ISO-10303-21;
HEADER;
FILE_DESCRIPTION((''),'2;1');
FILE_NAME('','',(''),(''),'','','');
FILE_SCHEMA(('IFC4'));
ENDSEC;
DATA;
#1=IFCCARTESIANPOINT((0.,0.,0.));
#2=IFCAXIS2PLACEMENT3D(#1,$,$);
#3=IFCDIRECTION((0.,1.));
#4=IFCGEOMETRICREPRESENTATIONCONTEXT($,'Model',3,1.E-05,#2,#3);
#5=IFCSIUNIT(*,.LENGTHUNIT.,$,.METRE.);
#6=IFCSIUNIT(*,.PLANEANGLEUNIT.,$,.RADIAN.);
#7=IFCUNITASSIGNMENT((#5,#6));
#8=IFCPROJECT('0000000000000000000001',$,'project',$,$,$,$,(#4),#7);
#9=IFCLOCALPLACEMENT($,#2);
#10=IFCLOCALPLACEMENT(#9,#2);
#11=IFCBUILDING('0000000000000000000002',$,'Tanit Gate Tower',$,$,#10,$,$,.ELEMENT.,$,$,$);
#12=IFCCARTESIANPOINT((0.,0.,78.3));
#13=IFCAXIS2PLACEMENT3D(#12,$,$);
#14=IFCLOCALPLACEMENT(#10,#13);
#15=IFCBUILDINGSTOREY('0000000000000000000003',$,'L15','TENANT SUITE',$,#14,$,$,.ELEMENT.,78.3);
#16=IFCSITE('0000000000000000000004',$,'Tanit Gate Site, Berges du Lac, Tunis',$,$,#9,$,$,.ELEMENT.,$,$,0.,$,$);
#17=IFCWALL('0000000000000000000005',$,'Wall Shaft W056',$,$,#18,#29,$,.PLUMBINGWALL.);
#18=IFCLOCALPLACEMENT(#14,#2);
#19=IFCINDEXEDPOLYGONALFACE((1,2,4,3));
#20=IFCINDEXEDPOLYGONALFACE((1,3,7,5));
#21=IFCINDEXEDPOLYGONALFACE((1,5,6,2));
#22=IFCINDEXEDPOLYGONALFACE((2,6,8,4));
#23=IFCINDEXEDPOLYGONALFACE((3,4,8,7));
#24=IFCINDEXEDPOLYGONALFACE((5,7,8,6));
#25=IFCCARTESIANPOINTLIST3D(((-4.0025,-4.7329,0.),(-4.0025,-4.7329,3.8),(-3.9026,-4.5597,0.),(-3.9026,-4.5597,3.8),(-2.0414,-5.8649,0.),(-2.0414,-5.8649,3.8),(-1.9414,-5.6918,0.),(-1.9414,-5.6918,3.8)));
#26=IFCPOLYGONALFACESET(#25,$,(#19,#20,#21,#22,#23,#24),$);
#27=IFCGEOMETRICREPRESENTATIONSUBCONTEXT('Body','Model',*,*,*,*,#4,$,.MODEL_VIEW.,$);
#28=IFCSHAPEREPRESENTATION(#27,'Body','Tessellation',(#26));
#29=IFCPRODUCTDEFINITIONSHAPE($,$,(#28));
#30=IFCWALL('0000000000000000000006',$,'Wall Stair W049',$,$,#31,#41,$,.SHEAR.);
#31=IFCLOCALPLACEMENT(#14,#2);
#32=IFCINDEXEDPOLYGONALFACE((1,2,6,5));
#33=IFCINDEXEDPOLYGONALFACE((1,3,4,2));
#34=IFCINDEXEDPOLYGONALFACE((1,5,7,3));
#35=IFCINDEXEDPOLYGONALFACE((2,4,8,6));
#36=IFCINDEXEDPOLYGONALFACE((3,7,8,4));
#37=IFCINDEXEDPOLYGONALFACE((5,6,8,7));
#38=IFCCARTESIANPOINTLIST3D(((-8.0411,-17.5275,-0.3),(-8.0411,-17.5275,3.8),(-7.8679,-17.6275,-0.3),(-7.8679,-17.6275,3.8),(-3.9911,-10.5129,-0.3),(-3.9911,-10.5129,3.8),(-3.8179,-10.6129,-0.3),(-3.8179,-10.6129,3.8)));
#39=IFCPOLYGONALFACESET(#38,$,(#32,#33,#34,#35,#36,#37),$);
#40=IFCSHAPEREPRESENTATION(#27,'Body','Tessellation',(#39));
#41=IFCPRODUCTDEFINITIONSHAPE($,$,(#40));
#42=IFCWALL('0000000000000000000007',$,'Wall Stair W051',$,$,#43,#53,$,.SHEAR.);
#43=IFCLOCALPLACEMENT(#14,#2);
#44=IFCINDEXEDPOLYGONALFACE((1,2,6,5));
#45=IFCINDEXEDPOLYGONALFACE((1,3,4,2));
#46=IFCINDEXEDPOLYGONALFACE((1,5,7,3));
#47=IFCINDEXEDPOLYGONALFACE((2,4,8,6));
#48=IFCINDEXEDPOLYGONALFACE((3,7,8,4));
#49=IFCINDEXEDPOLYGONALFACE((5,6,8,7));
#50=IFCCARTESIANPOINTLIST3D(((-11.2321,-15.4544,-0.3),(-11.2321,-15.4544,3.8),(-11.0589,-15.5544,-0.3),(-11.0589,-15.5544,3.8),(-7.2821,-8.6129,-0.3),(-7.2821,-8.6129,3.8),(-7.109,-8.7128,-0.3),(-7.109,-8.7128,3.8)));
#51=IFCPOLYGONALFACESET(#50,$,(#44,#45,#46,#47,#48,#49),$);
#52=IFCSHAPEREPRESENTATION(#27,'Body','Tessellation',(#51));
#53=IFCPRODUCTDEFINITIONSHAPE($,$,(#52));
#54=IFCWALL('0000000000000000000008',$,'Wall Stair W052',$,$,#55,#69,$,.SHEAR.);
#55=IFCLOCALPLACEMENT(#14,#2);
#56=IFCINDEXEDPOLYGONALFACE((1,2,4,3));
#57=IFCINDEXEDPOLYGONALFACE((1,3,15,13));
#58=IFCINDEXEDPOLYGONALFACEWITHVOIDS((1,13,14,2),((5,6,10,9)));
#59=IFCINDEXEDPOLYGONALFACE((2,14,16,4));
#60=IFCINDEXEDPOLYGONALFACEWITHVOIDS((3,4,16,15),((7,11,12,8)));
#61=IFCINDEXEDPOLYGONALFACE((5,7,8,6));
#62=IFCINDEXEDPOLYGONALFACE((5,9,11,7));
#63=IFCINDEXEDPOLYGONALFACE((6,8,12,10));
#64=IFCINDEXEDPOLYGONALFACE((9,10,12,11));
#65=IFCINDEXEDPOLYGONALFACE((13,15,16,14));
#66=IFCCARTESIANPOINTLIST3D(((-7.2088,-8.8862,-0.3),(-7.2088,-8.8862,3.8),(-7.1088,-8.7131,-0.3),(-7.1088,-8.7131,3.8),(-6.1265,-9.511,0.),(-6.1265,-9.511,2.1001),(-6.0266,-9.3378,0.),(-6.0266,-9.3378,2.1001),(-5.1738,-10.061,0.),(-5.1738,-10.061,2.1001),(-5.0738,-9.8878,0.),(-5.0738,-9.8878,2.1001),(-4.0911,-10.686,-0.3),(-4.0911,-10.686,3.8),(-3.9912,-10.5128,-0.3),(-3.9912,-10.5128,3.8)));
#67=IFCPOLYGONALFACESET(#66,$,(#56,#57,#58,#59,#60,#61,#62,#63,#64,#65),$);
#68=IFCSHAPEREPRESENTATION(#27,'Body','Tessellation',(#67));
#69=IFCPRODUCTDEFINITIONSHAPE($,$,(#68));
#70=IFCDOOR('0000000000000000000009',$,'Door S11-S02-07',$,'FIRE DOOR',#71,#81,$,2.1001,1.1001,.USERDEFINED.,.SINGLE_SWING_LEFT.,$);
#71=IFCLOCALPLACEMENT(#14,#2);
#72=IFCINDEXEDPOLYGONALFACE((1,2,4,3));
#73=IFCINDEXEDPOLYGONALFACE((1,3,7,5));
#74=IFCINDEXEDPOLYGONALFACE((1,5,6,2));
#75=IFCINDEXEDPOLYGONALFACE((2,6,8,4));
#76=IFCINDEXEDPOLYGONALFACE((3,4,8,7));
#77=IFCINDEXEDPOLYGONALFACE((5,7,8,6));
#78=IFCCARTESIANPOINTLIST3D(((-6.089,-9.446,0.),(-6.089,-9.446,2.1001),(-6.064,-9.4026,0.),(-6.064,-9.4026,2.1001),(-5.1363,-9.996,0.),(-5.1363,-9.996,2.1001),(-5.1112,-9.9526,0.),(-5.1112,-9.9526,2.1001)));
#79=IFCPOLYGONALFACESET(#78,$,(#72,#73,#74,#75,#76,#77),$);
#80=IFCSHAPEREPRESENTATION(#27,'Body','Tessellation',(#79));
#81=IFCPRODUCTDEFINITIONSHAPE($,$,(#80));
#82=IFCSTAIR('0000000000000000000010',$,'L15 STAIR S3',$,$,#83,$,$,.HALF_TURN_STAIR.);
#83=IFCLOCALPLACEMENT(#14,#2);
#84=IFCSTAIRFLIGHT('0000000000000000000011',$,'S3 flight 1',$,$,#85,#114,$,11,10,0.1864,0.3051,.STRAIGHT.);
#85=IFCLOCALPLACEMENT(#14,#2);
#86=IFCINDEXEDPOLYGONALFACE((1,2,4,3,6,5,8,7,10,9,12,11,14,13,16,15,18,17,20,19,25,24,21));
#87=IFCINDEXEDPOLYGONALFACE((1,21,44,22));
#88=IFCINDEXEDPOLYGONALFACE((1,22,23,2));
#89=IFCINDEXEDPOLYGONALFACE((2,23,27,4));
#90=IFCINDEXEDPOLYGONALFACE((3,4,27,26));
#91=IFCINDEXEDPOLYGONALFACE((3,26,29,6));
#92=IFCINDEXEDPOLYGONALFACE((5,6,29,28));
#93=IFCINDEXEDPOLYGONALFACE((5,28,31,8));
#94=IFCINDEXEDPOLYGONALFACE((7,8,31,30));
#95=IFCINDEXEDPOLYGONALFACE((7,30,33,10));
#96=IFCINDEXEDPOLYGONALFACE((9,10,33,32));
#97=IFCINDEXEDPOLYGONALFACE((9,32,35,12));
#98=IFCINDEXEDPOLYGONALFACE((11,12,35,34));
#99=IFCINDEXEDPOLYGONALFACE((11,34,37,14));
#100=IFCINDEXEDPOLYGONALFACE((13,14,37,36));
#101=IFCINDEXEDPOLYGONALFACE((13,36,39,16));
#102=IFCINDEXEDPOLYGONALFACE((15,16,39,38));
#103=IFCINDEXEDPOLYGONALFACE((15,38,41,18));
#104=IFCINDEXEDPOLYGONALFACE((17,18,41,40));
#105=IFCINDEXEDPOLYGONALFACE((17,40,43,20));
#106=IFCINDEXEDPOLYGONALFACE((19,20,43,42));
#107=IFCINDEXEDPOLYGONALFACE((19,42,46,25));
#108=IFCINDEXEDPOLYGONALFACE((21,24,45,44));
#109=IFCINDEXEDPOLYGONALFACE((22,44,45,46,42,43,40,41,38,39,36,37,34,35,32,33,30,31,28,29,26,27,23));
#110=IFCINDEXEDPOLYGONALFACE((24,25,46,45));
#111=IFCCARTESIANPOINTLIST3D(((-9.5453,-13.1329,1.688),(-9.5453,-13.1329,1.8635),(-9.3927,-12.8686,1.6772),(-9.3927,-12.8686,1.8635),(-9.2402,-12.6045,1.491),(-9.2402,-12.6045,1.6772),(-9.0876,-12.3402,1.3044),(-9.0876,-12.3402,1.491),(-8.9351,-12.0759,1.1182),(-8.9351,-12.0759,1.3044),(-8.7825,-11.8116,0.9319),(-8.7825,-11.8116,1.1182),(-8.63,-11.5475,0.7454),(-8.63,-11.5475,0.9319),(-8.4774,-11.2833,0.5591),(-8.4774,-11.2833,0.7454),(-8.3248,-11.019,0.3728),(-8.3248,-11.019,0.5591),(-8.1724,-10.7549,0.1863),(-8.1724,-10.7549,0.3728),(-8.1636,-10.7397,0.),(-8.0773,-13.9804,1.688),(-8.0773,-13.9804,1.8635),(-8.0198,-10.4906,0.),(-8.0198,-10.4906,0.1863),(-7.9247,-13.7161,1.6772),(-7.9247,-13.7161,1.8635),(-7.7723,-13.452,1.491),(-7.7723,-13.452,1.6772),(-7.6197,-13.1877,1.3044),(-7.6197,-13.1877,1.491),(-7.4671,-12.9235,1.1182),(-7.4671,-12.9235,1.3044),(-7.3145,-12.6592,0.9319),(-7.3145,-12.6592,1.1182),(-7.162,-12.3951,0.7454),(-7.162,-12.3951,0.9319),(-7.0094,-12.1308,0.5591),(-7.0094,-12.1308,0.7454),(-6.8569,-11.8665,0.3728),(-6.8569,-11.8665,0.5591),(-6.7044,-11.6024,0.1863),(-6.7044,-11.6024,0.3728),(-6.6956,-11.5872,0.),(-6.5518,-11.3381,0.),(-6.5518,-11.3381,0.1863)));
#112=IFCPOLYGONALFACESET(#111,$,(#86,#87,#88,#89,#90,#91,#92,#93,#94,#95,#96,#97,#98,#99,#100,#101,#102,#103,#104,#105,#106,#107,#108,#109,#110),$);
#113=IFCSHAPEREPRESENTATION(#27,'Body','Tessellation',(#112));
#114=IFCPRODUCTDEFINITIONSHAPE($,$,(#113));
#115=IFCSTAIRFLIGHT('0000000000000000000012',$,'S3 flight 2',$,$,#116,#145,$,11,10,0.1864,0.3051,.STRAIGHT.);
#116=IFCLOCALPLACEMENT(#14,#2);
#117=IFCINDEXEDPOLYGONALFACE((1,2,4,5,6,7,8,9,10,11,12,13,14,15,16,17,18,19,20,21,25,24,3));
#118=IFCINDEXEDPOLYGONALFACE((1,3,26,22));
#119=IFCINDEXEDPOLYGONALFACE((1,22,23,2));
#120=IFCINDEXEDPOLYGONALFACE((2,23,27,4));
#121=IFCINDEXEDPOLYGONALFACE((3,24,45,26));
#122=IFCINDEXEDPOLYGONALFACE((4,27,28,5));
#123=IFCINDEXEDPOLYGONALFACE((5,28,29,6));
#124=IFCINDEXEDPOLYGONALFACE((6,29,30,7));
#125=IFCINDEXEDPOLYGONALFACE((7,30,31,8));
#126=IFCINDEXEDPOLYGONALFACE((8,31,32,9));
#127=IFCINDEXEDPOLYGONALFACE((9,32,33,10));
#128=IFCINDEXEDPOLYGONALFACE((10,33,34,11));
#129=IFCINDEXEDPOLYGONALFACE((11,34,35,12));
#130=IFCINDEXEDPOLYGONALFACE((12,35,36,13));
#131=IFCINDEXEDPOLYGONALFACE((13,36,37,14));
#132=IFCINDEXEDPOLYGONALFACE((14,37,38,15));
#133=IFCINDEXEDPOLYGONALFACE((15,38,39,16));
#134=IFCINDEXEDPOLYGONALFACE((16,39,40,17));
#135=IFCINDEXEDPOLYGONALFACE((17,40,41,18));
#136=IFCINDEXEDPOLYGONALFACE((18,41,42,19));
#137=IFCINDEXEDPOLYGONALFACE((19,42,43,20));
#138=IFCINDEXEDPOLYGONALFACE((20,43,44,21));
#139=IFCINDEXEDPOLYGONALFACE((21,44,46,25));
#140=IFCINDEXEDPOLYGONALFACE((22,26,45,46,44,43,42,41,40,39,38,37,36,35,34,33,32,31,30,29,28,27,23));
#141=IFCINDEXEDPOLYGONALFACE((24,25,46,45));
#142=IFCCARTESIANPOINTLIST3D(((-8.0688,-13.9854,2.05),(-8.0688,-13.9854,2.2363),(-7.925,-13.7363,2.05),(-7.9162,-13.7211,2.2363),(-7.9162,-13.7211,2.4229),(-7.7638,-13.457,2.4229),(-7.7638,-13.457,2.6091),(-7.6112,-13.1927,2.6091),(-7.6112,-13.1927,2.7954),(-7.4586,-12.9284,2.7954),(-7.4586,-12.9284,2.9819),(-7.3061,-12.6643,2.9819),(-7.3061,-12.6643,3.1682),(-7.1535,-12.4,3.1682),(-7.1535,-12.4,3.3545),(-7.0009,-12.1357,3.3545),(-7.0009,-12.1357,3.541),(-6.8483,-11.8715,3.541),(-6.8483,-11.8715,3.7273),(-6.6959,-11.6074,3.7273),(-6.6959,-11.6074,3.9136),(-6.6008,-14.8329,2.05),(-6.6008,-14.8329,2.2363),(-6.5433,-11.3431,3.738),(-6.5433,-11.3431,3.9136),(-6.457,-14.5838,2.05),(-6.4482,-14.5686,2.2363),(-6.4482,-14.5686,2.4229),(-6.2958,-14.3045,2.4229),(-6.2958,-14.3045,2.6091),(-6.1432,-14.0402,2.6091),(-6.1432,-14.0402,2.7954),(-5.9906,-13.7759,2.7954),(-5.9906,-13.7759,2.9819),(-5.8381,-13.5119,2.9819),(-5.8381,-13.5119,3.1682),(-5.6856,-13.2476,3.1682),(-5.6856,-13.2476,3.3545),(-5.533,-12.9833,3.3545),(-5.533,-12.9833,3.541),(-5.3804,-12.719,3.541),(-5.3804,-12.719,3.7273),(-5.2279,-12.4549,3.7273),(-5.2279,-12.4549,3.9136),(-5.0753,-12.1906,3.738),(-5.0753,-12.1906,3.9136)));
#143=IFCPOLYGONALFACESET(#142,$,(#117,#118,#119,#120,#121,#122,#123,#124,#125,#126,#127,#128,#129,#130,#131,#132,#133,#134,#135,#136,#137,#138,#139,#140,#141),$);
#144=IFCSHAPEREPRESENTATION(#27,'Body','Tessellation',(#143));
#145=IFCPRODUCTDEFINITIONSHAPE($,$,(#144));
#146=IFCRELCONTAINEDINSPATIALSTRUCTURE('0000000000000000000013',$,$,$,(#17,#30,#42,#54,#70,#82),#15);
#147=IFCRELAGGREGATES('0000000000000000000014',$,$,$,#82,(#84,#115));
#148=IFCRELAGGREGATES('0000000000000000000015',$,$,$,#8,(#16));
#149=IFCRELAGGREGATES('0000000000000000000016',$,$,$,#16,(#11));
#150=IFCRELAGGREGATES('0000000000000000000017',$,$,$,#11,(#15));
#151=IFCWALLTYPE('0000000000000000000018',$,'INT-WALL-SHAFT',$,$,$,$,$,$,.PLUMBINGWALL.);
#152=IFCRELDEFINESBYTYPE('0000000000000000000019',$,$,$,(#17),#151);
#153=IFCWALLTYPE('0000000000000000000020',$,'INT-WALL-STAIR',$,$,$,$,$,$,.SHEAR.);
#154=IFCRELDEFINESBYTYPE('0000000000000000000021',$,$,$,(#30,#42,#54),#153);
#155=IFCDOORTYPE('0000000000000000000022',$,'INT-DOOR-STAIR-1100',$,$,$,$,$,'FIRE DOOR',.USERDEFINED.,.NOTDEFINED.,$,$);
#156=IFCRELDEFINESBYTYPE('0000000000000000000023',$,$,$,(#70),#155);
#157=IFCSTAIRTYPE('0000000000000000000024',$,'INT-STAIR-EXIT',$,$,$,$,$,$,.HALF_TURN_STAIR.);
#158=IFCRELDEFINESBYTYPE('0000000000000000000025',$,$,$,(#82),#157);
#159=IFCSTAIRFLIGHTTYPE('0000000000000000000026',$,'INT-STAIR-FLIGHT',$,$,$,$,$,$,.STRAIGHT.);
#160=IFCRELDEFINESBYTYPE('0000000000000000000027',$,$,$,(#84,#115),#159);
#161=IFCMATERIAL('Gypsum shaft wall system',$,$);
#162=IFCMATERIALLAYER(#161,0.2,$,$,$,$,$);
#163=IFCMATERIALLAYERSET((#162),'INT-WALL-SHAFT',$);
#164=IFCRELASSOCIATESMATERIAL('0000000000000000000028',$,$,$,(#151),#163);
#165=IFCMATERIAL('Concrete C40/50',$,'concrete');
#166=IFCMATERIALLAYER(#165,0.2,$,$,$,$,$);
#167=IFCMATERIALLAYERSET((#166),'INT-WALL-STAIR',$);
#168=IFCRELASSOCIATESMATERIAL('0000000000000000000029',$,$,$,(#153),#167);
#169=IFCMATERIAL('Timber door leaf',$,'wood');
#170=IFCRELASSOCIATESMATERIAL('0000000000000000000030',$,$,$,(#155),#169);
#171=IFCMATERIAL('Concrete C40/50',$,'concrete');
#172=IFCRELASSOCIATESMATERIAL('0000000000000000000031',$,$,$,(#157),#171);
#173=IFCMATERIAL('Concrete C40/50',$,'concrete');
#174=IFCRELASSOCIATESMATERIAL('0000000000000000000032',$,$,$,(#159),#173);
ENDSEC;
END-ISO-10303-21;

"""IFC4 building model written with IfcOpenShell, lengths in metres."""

from ifc_helpers import new_model, si_unit, direction, frame, frame_2d, origin, place, context, subcontext, project, spatial, polyline, rectangle, outline, extrude, material, layer, layer_set, type_object, element, fill, aggregate, save


model = new_model("IFC4")

# Units and contexts
model_context = context("Model", 3, precision=1e-05, world=origin(), true_north=direction((0.0, 1.0)))
body_context = subcontext(model_context, "Body", "Model", "MODEL_VIEW")
ifc_project = project(units=[si_unit("LENGTHUNIT", "METRE"), si_unit("PLANEANGLEUNIT", "RADIAN")], contexts=[model_context])

# Site, building, storey
site_placement = place(None, origin())
site = spatial("IfcSite", under=ifc_project, at=site_placement, Name="Tanit Gate Site, Berges du Lac, Tunis", CompositionType="ELEMENT", RefElevation=0.0)
building_placement = place(site_placement, origin())
building = spatial("IfcBuilding", under=site, at=building_placement, Name="Tanit Gate Tower", CompositionType="ELEMENT")
storey_placement = place(building_placement, frame((0.0, 0.0, 78.3)))
storey = spatial("IfcBuildingStorey", under=building, at=storey_placement, Name="L15", Description="TENANT SUITE", CompositionType="ELEMENT", Elevation=78.3)

# Shared definitions
ifc_material_1 = material(Name="Gypsum shaft wall system")
ifc_layer_1 = layer(ifc_material_1, 0.2)
ifc_layer_set_1 = layer_set([ifc_layer_1], Name="INT-WALL-SHAFT")
wall_type_1 = type_object("IfcWallType", Name="INT-WALL-SHAFT", PredefinedType="PLUMBINGWALL", material=ifc_layer_set_1)

# Walls
wall_1_placement = place(storey_placement, frame((-3.9526, -4.6462, 0.0), z_axis=(0.0, 0.0, 1.0), x_axis=(0.866065, -0.499931, 0.0)))
element("IfcWall", 1, at=wall_1_placement, inside=storey, type_object=wall_type_1, Name="Wall Shaft W056", PredefinedType="PLUMBINGWALL", context=body_context, shape_type="SweptSolid", body=[
    extrude(rectangle(XDim=2.2644, YDim=0.2, at=frame_2d((1.1323, 0.0))), origin(), (0.0, 0.0, 1.0), 3.8),
])
ifc_material_2 = material(Name="Concrete C40/50", Category="concrete")
ifc_layer_2 = layer(ifc_material_2, 0.2)
ifc_layer_set_2 = layer_set([ifc_layer_2], Name="INT-WALL-STAIR")
wall_type_2 = type_object("IfcWallType", Name="INT-WALL-STAIR", PredefinedType="SHEAR", material=ifc_layer_set_2)
wall_2_placement = place(storey_placement, frame((-3.9045, -10.563, -0.3), z_axis=(0.0, 0.0, 1.0), x_axis=(-0.500013, -0.866018, 0.0)))
element("IfcWall", 2, at=wall_2_placement, inside=storey, type_object=wall_type_2, Name="Wall Stair W049", PredefinedType="SHEAR", context=body_context, shape_type="SweptSolid", body=[
    extrude(rectangle(XDim=8.0999, YDim=0.2, at=frame_2d((4.0498, 0.0))), origin(), (0.0, 0.0, 1.0), 4.1001),
])
wall_3_placement = place(storey_placement, frame((-7.1956, -8.6628, -0.3), z_axis=(0.0, 0.0, 1.0), x_axis=(-0.499998, -0.866027, 0.0)))
element("IfcWall", 3, at=wall_3_placement, inside=storey, type_object=wall_type_2, Name="Wall Stair W051", PredefinedType="SHEAR", context=body_context, shape_type="SweptSolid", body=[
    extrude(rectangle(XDim=7.8999, YDim=0.2, at=frame_2d((3.95, 0.0))), origin(), (0.0, 0.0, 1.0), 4.1001),
])

# Wall, opening, door
wall_4_placement = place(storey_placement, frame((-4.0413, -10.5994, -0.3), z_axis=(0.0, 0.0, 1.0), x_axis=(-0.866048, 0.499961, 0.0)))
wall_4 = element("IfcWall", 4, at=wall_4_placement, inside=storey, type_object=wall_type_2, Name="Wall Stair W052", PredefinedType="SHEAR", context=body_context, shape_type="SweptSolid", body=[
    extrude(rectangle(XDim=3.5999, YDim=0.2, at=frame_2d((1.7998, 0.0))), origin(), (0.0, 0.0, 1.0), 4.1001),
])
opening_1_placement = place(wall_4_placement, frame((1.25, 0.0, 0.3)))
opening_1 = element("IfcOpeningElement", 5, at=opening_1_placement, cuts=wall_4, PredefinedType="OPENING", context=body_context, shape_type="SweptSolid", body=[
    extrude(rectangle(XDim=1.1001, YDim=2.1001, at=frame_2d((0.55, 1.05))), frame((0.0, 0.1099, 0.0), z_axis=(0.0, -1.0, 0.0), x_axis=(1.0, 0.0, 0.0)), (0.0, 0.0, 1.0), 0.22),
])
ifc_material_3 = material(Name="Timber door leaf", Category="wood")
door_type_1 = type_object("IfcDoorType", Name="INT-DOOR-STAIR-1100", ElementType="FIRE DOOR", OperationType="NOTDEFINED", PredefinedType="USERDEFINED", material=ifc_material_3)
door_1_placement = place(opening_1_placement, origin())
door_1 = element("IfcDoor", 6, at=door_1_placement, inside=storey, type_object=door_type_1, Name="Door S11-S02-07", ObjectType="FIRE DOOR", OperationType="SINGLE_SWING_LEFT", OverallHeight=2.1001, OverallWidth=1.1001, PredefinedType="USERDEFINED", context=body_context, shape_type="SweptSolid", body=[
    extrude(rectangle(XDim=1.1001, YDim=2.1001, at=frame_2d((0.55, 1.05))), frame((0.0, 0.0249, 0.0), z_axis=(0.0, -1.0, 0.0), x_axis=(1.0, 0.0, 0.0)), (0.0, 0.0, 1.0), 0.05),
])
fill(opening_1, door_1)

# Stair, stair flights
ifc_material_4 = material(Name="Concrete C40/50", Category="concrete")
stair_type = type_object("IfcStairType", Name="INT-STAIR-EXIT", PredefinedType="HALF_TURN_STAIR", material=ifc_material_4)
stair_placement = place(storey_placement, origin())
stair = element("IfcStair", 7, at=stair_placement, inside=storey, type_object=stair_type, Name="L15 STAIR S3", PredefinedType="HALF_TURN_STAIR")
ifc_material_5 = material(Name="Concrete C40/50", Category="concrete")
stair_flight_type = type_object("IfcStairFlightType", Name="INT-STAIR-FLIGHT", PredefinedType="STRAIGHT", material=ifc_material_5)
stair_flight_1_placement = place(storey_placement, frame((-7.2859, -10.9143, 0.0), z_axis=(0.0, 0.0, 1.0), x_axis=(-0.5, -0.866025, 0.0)))
stair_flight_1 = element("IfcStairFlight", 8, at=stair_flight_1_placement, type_object=stair_flight_type, Name="S3 flight 1", NumberOfRisers=11, NumberOfTreads=10, PredefinedType="STRAIGHT", RiserHeight=0.1864, TreadLength=0.3051, context=body_context, shape_type="SweptSolid", body=[
    extrude(outline(polyline([(0.0, 0.0), (0.0, 0.1863), (0.3052, 0.1863), (0.3052, 0.3728), (0.6101, 0.3728), (0.6101, 0.5591), (0.9153, 0.5591), (0.9153, 0.7454), (1.2205, 0.7454), (1.2205, 0.9319), (1.5254, 0.9319), (1.5254, 1.1182), (1.8306, 1.1182), (1.8306, 1.3044), (2.1357, 1.3044), (2.1357, 1.491), (2.4409, 1.491), (2.4409, 1.6772), (2.7458, 1.6772), (2.7458, 1.8635), (3.051, 1.8635), (3.051, 2.05), (3.051, 1.688), (0.2876, 0.0), (0.0, 0.0)])), frame((0.0, 0.8477, 0.0), z_axis=(0.0, -1.0, 0.0), x_axis=(1.0, 0.0, 0.0)), (0.0, 0.0, 1.0), 1.6951),
])
stair_flight_2_placement = place(storey_placement, frame((-7.3347, -14.4092, 2.05), z_axis=(0.0, 0.0, 1.0), x_axis=(0.5, 0.866025, 0.0)))
stair_flight_2 = element("IfcStairFlight", 9, at=stair_flight_2_placement, type_object=stair_flight_type, Name="S3 flight 2", NumberOfRisers=11, NumberOfTreads=10, PredefinedType="STRAIGHT", RiserHeight=0.1864, TreadLength=0.3051, context=body_context, shape_type="SweptSolid", body=[
    extrude(outline(polyline([(0.0, 0.0), (0.0, 0.1863), (0.3052, 0.1863), (0.3052, 0.3728), (0.6101, 0.3728), (0.6101, 0.5591), (0.9153, 0.5591), (0.9153, 0.7454), (1.2205, 0.7454), (1.2205, 0.9319), (1.5254, 0.9319), (1.5254, 1.1182), (1.8306, 1.1182), (1.8306, 1.3044), (2.1357, 1.3044), (2.1357, 1.491), (2.4409, 1.491), (2.4409, 1.6772), (2.7458, 1.6772), (2.7458, 1.8635), (3.051, 1.8635), (3.051, 2.05), (3.051, 1.688), (0.2876, 0.0), (0.0, 0.0)])), frame((0.0, 0.8477, 0.0), z_axis=(0.0, -1.0, 0.0), x_axis=(1.0, 0.0, 0.0)), (0.0, 0.0, 1.0), 1.6951),
])
aggregate(stair, [stair_flight_1, stair_flight_2])

save(model, "model.ifc")
